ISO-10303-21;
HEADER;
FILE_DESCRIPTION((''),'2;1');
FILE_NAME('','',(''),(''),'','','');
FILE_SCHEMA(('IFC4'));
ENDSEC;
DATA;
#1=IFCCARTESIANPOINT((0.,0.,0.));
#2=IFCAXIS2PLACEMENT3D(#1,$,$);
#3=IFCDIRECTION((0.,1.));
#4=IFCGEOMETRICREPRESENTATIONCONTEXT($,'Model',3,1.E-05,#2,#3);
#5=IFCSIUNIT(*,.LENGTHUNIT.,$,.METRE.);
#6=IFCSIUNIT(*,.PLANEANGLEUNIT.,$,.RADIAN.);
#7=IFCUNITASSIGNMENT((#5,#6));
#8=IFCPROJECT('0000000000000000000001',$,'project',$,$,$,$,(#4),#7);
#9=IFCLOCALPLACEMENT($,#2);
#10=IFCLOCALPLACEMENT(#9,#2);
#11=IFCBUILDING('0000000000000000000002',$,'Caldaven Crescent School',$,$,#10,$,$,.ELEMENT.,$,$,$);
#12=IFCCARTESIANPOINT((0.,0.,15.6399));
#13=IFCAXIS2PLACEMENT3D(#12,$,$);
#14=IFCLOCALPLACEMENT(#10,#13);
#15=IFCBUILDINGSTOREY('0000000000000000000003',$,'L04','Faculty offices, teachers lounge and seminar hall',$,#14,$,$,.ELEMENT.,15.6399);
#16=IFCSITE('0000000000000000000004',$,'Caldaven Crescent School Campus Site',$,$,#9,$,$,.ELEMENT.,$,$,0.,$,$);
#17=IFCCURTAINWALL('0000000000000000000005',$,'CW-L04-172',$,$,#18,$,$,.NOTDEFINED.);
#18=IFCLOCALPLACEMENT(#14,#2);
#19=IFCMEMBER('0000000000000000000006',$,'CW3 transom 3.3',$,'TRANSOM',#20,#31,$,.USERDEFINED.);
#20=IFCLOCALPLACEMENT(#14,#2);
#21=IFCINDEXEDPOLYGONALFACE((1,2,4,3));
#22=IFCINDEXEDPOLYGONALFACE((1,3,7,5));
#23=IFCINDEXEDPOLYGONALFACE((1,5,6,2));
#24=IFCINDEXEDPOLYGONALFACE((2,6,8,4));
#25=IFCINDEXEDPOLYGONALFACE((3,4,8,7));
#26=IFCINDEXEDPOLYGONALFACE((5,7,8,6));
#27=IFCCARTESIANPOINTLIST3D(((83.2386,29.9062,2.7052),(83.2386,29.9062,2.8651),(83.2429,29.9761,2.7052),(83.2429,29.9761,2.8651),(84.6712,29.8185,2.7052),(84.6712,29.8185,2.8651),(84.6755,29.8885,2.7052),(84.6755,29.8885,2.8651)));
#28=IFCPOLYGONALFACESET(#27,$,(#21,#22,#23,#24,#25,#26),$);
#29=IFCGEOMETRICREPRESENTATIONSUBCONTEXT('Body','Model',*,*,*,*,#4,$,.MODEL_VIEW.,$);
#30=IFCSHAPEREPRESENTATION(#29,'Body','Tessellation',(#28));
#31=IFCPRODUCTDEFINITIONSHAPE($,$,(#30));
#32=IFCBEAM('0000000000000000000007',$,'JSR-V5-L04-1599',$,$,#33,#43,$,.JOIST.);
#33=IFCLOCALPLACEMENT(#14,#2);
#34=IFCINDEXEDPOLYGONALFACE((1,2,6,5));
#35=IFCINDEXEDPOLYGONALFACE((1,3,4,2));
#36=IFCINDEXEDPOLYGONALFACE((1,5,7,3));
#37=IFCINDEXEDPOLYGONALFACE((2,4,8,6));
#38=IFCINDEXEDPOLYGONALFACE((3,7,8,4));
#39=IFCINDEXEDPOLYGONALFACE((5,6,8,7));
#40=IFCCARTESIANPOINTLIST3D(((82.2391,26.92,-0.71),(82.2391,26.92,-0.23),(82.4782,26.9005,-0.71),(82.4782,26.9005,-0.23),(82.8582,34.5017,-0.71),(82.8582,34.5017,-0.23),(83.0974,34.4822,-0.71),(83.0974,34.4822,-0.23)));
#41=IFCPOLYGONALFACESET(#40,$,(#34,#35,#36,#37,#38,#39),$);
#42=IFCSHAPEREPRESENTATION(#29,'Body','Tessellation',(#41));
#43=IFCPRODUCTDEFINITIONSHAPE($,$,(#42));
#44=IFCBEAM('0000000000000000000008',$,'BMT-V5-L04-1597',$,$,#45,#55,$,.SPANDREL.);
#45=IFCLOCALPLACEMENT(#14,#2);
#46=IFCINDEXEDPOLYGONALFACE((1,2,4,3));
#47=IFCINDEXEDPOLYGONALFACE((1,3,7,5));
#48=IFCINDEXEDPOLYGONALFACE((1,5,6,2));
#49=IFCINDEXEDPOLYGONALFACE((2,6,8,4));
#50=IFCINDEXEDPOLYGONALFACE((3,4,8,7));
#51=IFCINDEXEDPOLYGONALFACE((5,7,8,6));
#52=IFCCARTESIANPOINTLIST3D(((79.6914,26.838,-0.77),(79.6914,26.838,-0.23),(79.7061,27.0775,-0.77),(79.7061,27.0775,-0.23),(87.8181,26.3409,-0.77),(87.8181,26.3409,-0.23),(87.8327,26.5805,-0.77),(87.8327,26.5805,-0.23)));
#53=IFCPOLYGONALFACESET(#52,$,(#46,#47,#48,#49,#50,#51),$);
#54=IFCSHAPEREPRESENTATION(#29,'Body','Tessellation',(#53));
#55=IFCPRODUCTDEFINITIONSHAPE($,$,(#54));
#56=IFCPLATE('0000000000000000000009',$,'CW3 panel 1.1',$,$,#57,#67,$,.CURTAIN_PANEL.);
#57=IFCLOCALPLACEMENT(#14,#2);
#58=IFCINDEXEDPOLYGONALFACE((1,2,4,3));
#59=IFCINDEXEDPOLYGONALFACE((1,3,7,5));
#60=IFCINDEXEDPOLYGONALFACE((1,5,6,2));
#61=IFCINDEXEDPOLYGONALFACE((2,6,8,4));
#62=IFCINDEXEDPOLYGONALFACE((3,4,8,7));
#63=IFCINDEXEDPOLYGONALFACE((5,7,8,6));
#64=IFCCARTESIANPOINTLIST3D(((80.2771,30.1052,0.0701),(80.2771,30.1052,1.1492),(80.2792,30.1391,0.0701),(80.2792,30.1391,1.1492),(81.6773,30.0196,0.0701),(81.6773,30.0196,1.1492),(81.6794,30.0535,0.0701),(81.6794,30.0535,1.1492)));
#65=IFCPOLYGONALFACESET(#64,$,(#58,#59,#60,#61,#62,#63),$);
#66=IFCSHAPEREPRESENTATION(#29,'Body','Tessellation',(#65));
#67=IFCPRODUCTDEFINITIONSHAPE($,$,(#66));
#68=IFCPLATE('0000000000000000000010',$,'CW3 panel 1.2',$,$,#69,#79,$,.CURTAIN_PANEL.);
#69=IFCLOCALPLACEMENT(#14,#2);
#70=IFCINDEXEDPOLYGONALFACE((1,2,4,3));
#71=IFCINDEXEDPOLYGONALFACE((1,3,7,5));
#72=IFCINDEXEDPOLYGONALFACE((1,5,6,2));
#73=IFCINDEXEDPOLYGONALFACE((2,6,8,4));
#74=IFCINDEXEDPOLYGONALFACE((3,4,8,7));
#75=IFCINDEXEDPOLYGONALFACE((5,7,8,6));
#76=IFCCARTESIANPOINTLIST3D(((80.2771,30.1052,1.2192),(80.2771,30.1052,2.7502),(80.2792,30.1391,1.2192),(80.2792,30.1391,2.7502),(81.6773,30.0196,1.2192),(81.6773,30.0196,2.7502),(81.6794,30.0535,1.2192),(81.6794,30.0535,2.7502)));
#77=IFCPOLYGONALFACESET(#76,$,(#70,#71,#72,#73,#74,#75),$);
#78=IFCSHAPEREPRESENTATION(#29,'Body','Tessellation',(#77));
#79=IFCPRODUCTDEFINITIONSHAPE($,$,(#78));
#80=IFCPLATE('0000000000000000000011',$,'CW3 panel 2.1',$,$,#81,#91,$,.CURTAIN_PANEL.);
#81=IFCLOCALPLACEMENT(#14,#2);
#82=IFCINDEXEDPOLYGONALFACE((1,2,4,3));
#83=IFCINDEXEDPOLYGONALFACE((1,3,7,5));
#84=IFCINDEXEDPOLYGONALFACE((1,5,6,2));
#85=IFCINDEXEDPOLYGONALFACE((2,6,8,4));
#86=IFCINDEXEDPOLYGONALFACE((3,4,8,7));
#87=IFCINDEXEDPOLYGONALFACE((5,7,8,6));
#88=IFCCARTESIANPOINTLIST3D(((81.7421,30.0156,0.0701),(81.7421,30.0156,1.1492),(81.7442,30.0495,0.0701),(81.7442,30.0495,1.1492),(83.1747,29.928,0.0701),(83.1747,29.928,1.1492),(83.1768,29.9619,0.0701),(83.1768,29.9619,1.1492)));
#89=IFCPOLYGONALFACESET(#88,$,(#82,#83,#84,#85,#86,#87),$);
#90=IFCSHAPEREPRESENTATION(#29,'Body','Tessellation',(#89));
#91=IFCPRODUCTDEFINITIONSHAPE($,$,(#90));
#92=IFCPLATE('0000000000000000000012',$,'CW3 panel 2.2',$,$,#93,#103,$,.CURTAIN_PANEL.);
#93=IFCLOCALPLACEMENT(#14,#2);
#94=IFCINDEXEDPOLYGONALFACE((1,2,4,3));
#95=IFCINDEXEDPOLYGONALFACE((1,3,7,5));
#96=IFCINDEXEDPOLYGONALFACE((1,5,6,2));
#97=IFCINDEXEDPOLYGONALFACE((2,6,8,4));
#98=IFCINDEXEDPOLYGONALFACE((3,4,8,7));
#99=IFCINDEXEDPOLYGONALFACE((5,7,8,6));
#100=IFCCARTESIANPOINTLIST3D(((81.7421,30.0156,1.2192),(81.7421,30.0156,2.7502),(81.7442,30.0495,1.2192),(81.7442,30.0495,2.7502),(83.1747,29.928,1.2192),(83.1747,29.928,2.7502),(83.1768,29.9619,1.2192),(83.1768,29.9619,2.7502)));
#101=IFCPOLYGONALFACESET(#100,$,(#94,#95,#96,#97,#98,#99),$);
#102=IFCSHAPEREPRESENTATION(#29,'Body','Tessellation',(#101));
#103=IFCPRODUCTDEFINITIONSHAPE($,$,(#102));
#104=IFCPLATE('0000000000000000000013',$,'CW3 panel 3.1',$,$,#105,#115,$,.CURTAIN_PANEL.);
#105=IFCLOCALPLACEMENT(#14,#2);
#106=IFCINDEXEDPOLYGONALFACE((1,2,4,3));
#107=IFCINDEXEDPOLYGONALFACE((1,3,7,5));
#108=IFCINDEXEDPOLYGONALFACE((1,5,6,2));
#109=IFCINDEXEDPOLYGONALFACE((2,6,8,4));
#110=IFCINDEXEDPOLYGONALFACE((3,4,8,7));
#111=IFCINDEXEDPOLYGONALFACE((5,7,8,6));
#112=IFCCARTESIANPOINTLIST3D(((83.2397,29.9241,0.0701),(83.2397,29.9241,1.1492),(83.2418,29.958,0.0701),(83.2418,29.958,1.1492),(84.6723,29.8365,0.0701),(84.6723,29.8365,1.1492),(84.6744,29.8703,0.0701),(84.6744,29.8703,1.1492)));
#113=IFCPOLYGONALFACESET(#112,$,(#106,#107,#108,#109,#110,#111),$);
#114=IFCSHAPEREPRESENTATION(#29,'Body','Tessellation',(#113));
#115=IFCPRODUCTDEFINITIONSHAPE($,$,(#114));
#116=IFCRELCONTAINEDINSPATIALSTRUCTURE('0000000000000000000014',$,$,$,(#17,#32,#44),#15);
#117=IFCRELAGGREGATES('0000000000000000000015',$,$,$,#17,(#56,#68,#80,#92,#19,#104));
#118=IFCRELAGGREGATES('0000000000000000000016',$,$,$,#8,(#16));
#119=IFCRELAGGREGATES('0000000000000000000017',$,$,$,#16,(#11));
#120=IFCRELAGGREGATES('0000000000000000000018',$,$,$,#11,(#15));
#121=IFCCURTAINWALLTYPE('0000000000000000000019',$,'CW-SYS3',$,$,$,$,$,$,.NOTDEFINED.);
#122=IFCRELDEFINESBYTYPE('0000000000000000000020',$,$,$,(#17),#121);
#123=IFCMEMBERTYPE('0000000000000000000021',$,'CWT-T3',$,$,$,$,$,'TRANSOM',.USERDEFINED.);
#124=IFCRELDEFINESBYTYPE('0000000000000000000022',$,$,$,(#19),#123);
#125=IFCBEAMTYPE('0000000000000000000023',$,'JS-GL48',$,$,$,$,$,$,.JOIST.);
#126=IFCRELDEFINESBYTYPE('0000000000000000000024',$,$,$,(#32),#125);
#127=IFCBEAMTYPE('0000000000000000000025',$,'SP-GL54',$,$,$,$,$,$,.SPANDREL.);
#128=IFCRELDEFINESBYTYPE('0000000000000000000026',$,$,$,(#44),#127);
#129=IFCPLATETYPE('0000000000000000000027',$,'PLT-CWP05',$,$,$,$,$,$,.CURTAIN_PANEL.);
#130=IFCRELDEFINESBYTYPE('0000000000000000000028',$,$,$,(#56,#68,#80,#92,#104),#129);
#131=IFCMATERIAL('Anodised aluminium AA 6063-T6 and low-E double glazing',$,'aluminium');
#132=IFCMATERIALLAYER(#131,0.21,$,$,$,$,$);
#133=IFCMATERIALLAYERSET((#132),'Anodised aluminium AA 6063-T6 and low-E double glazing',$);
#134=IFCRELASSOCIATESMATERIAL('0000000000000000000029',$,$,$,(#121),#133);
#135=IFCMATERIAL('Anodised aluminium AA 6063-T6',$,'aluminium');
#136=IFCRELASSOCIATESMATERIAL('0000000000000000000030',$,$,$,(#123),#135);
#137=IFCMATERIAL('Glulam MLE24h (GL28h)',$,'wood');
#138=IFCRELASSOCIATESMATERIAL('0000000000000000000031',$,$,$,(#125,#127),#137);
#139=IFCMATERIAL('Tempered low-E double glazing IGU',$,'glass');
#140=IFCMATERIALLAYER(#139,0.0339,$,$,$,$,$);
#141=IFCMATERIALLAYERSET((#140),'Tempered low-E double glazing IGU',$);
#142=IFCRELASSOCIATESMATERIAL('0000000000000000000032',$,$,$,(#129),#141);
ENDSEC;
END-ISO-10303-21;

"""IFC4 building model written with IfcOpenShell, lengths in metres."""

from ifc_helpers import new_model, si_unit, direction, frame, origin, origin_2d, place, context, subcontext, project, spatial, rectangle, extrude, material, layer, layer_set, material_profile, profile_set, type_object, element, aggregate, save


model = new_model("IFC4")

# Units and contexts
model_context = context("Model", 3, precision=1e-05, world=origin(), true_north=direction((0.0, 1.0)))
body_context = subcontext(model_context, "Body", "Model", "MODEL_VIEW")
ifc_project = project(units=[si_unit("LENGTHUNIT", "METRE"), si_unit("PLANEANGLEUNIT", "RADIAN")], contexts=[model_context])

# Site, building, storey
site_placement = place(None, origin())
site = spatial("IfcSite", under=ifc_project, at=site_placement, Name="Caldaven Crescent School Campus Site", CompositionType="ELEMENT", RefElevation=0.0)
building_placement = place(site_placement, origin())
building = spatial("IfcBuilding", under=site, at=building_placement, Name="Caldaven Crescent School", CompositionType="ELEMENT")
storey_placement = place(building_placement, frame((0.0, 0.0, 15.6399)))
storey = spatial("IfcBuildingStorey", under=building, at=storey_placement, Name="L04", Description="Faculty offices, teachers lounge and seminar hall", CompositionType="ELEMENT", Elevation=15.6399)

# Shared definitions
ifc_material_1 = material(Name="Glulam MLE24h (GL28h)", Category="wood")

# Curtain wall, member
ifc_material_2 = material(Name="Anodised aluminium AA 6063-T6 and low-E double glazing", Category="aluminium")
ifc_layer_1 = layer(ifc_material_2, 0.21)
ifc_layer_set_1 = layer_set([ifc_layer_1], Name="Anodised aluminium AA 6063-T6 and low-E double glazing")
curtain_wall_type = type_object("IfcCurtainWallType", Name="CW-SYS3", PredefinedType="NOTDEFINED", material=ifc_layer_set_1)
curtain_wall_placement = place(storey_placement, origin())
curtain_wall = element("IfcCurtainWall", 1, at=curtain_wall_placement, inside=storey, type_object=curtain_wall_type, Name="CW-L04-172", PredefinedType="NOTDEFINED")
ifc_material_3 = material(Name="Anodised aluminium AA 6063-T6", Category="aluminium")
ifc_material_profile_1 = material_profile(ifc_material_3, rectangle(XDim=0.0701, YDim=0.1599, at=origin_2d()), Name="CWT 70x160")
ifc_profile_set_1 = profile_set([ifc_material_profile_1], Name="Anodised aluminium AA 6063-T6")
member_type_1 = type_object("IfcMemberType", Name="CWT-T3", ElementType="TRANSOM", PredefinedType="USERDEFINED", material=ifc_profile_set_1)
member_1_placement = place(storey_placement, frame((83.2407, 29.9412, 2.7852), z_axis=(0.998134, -0.061065, 0.0), x_axis=(0.061065, 0.998134, 0.0)))
member_1 = element("IfcMember", 2, at=member_1_placement, type_object=member_type_1, Name="CW3 transom 3.3", ObjectType="TRANSOM", PredefinedType="USERDEFINED", context=body_context, shape_type="SweptSolid", body=[
    extrude(rectangle(XDim=0.0701, YDim=0.1599, at=origin_2d()), origin(), (0.0, 0.0, 1.0), 1.4353),
])

# Beams
ifc_material_profile_2 = material_profile(ifc_material_1, rectangle(XDim=0.24, YDim=0.48, at=origin_2d()), Name="MLE 240x480")
ifc_profile_set_2 = profile_set([ifc_material_profile_2], Name="Glulam MLE24h (GL28h)")
beam_type_1 = type_object("IfcBeamType", Name="JS-GL48", PredefinedType="JOIST", material=ifc_profile_set_2)
beam_1_placement = place(storey_placement, frame((82.9778, 34.4919, -0.47), z_axis=(-0.081391, -0.996682, 0.0), x_axis=(0.996682, -0.081391, 0.0)))
element("IfcBeam", 3, at=beam_1_placement, inside=storey, type_object=beam_type_1, Name="JSR-V5-L04-1599", PredefinedType="JOIST", context=body_context, shape_type="SweptSolid", body=[
    extrude(rectangle(XDim=0.24, YDim=0.48, at=origin_2d()), origin(), (0.0, 0.0, 1.0), 7.6069),
])
ifc_material_profile_3 = material_profile(ifc_material_1, rectangle(XDim=0.24, YDim=0.54, at=origin_2d()), Name="MLE 240x540")
ifc_profile_set_3 = profile_set([ifc_material_profile_3], Name="Glulam MLE24h (GL28h)")
beam_type_2 = type_object("IfcBeamType", Name="SP-GL54", PredefinedType="SPANDREL", material=ifc_profile_set_3)
beam_2_placement = place(storey_placement, frame((79.6987, 26.9578, -0.5), z_axis=(0.998135, -0.061051, 0.0), x_axis=(0.061051, 0.998135, 0.0)))
element("IfcBeam", 4, at=beam_2_placement, inside=storey, type_object=beam_type_2, Name="BMT-V5-L04-1597", PredefinedType="SPANDREL", context=body_context, shape_type="SweptSolid", body=[
    extrude(rectangle(XDim=0.24, YDim=0.54, at=origin_2d()), origin(), (0.0, 0.0, 1.0), 8.1418),
])

# Plates
ifc_material_4 = material(Name="Tempered low-E double glazing IGU", Category="glass")
ifc_layer_2 = layer(ifc_material_4, 0.0339)
ifc_layer_set_2 = layer_set([ifc_layer_2], Name="Tempered low-E double glazing IGU")
plate_type = type_object("IfcPlateType", Name="PLT-CWP05", PredefinedType="CURTAIN_PANEL", material=ifc_layer_set_2)
plate_1_placement = place(storey_placement, frame((80.9783, 30.0793, 0.0701), z_axis=(0.0, 0.0, 1.0), x_axis=(0.998135, -0.061049, 0.0)))
plate_1 = element("IfcPlate", 5, at=plate_1_placement, type_object=plate_type, Name="CW3 panel 1.1", PredefinedType="CURTAIN_PANEL", context=body_context, shape_type="SweptSolid", body=[
    extrude(rectangle(XDim=1.4028, YDim=0.0339, at=origin_2d()), origin(), (0.0, 0.0, 1.0), 1.0791),
])
plate_2_placement = place(storey_placement, frame((80.9783, 30.0793, 1.2192), z_axis=(0.0, 0.0, 1.0), x_axis=(0.998135, -0.061049, 0.0)))
plate_2 = element("IfcPlate", 6, at=plate_2_placement, type_object=plate_type, Name="CW3 panel 1.2", PredefinedType="CURTAIN_PANEL", context=body_context, shape_type="SweptSolid", body=[
    extrude(rectangle(XDim=1.4028, YDim=0.0339, at=origin_2d()), origin(), (0.0, 0.0, 1.0), 1.531),
])
plate_3_placement = place(storey_placement, frame((82.4595, 29.9888, 0.0701), z_axis=(0.0, 0.0, 1.0), x_axis=(0.998135, -0.061049, 0.0)))
plate_3 = element("IfcPlate", 7, at=plate_3_placement, type_object=plate_type, Name="CW3 panel 2.1", PredefinedType="CURTAIN_PANEL", context=body_context, shape_type="SweptSolid", body=[
    extrude(rectangle(XDim=1.4353, YDim=0.0339, at=origin_2d()), origin(), (0.0, 0.0, 1.0), 1.0791),
])
plate_4_placement = place(storey_placement, frame((82.4595, 29.9888, 1.2192), z_axis=(0.0, 0.0, 1.0), x_axis=(0.998135, -0.061049, 0.0)))
plate_4 = element("IfcPlate", 8, at=plate_4_placement, type_object=plate_type, Name="CW3 panel 2.2", PredefinedType="CURTAIN_PANEL", context=body_context, shape_type="SweptSolid", body=[
    extrude(rectangle(XDim=1.4353, YDim=0.0339, at=origin_2d()), origin(), (0.0, 0.0, 1.0), 1.531),
])
plate_5_placement = place(storey_placement, frame((83.957, 29.8972, 0.0701), z_axis=(0.0, 0.0, 1.0), x_axis=(0.998135, -0.061049, 0.0)))
plate_5 = element("IfcPlate", 9, at=plate_5_placement, type_object=plate_type, Name="CW3 panel 3.1", PredefinedType="CURTAIN_PANEL", context=body_context, shape_type="SweptSolid", body=[
    extrude(rectangle(XDim=1.4353, YDim=0.0339, at=origin_2d()), origin(), (0.0, 0.0, 1.0), 1.0791),
])
aggregate(curtain_wall, [plate_1, plate_2, plate_3, plate_4, member_1, plate_5])

save(model, "model.ifc")
